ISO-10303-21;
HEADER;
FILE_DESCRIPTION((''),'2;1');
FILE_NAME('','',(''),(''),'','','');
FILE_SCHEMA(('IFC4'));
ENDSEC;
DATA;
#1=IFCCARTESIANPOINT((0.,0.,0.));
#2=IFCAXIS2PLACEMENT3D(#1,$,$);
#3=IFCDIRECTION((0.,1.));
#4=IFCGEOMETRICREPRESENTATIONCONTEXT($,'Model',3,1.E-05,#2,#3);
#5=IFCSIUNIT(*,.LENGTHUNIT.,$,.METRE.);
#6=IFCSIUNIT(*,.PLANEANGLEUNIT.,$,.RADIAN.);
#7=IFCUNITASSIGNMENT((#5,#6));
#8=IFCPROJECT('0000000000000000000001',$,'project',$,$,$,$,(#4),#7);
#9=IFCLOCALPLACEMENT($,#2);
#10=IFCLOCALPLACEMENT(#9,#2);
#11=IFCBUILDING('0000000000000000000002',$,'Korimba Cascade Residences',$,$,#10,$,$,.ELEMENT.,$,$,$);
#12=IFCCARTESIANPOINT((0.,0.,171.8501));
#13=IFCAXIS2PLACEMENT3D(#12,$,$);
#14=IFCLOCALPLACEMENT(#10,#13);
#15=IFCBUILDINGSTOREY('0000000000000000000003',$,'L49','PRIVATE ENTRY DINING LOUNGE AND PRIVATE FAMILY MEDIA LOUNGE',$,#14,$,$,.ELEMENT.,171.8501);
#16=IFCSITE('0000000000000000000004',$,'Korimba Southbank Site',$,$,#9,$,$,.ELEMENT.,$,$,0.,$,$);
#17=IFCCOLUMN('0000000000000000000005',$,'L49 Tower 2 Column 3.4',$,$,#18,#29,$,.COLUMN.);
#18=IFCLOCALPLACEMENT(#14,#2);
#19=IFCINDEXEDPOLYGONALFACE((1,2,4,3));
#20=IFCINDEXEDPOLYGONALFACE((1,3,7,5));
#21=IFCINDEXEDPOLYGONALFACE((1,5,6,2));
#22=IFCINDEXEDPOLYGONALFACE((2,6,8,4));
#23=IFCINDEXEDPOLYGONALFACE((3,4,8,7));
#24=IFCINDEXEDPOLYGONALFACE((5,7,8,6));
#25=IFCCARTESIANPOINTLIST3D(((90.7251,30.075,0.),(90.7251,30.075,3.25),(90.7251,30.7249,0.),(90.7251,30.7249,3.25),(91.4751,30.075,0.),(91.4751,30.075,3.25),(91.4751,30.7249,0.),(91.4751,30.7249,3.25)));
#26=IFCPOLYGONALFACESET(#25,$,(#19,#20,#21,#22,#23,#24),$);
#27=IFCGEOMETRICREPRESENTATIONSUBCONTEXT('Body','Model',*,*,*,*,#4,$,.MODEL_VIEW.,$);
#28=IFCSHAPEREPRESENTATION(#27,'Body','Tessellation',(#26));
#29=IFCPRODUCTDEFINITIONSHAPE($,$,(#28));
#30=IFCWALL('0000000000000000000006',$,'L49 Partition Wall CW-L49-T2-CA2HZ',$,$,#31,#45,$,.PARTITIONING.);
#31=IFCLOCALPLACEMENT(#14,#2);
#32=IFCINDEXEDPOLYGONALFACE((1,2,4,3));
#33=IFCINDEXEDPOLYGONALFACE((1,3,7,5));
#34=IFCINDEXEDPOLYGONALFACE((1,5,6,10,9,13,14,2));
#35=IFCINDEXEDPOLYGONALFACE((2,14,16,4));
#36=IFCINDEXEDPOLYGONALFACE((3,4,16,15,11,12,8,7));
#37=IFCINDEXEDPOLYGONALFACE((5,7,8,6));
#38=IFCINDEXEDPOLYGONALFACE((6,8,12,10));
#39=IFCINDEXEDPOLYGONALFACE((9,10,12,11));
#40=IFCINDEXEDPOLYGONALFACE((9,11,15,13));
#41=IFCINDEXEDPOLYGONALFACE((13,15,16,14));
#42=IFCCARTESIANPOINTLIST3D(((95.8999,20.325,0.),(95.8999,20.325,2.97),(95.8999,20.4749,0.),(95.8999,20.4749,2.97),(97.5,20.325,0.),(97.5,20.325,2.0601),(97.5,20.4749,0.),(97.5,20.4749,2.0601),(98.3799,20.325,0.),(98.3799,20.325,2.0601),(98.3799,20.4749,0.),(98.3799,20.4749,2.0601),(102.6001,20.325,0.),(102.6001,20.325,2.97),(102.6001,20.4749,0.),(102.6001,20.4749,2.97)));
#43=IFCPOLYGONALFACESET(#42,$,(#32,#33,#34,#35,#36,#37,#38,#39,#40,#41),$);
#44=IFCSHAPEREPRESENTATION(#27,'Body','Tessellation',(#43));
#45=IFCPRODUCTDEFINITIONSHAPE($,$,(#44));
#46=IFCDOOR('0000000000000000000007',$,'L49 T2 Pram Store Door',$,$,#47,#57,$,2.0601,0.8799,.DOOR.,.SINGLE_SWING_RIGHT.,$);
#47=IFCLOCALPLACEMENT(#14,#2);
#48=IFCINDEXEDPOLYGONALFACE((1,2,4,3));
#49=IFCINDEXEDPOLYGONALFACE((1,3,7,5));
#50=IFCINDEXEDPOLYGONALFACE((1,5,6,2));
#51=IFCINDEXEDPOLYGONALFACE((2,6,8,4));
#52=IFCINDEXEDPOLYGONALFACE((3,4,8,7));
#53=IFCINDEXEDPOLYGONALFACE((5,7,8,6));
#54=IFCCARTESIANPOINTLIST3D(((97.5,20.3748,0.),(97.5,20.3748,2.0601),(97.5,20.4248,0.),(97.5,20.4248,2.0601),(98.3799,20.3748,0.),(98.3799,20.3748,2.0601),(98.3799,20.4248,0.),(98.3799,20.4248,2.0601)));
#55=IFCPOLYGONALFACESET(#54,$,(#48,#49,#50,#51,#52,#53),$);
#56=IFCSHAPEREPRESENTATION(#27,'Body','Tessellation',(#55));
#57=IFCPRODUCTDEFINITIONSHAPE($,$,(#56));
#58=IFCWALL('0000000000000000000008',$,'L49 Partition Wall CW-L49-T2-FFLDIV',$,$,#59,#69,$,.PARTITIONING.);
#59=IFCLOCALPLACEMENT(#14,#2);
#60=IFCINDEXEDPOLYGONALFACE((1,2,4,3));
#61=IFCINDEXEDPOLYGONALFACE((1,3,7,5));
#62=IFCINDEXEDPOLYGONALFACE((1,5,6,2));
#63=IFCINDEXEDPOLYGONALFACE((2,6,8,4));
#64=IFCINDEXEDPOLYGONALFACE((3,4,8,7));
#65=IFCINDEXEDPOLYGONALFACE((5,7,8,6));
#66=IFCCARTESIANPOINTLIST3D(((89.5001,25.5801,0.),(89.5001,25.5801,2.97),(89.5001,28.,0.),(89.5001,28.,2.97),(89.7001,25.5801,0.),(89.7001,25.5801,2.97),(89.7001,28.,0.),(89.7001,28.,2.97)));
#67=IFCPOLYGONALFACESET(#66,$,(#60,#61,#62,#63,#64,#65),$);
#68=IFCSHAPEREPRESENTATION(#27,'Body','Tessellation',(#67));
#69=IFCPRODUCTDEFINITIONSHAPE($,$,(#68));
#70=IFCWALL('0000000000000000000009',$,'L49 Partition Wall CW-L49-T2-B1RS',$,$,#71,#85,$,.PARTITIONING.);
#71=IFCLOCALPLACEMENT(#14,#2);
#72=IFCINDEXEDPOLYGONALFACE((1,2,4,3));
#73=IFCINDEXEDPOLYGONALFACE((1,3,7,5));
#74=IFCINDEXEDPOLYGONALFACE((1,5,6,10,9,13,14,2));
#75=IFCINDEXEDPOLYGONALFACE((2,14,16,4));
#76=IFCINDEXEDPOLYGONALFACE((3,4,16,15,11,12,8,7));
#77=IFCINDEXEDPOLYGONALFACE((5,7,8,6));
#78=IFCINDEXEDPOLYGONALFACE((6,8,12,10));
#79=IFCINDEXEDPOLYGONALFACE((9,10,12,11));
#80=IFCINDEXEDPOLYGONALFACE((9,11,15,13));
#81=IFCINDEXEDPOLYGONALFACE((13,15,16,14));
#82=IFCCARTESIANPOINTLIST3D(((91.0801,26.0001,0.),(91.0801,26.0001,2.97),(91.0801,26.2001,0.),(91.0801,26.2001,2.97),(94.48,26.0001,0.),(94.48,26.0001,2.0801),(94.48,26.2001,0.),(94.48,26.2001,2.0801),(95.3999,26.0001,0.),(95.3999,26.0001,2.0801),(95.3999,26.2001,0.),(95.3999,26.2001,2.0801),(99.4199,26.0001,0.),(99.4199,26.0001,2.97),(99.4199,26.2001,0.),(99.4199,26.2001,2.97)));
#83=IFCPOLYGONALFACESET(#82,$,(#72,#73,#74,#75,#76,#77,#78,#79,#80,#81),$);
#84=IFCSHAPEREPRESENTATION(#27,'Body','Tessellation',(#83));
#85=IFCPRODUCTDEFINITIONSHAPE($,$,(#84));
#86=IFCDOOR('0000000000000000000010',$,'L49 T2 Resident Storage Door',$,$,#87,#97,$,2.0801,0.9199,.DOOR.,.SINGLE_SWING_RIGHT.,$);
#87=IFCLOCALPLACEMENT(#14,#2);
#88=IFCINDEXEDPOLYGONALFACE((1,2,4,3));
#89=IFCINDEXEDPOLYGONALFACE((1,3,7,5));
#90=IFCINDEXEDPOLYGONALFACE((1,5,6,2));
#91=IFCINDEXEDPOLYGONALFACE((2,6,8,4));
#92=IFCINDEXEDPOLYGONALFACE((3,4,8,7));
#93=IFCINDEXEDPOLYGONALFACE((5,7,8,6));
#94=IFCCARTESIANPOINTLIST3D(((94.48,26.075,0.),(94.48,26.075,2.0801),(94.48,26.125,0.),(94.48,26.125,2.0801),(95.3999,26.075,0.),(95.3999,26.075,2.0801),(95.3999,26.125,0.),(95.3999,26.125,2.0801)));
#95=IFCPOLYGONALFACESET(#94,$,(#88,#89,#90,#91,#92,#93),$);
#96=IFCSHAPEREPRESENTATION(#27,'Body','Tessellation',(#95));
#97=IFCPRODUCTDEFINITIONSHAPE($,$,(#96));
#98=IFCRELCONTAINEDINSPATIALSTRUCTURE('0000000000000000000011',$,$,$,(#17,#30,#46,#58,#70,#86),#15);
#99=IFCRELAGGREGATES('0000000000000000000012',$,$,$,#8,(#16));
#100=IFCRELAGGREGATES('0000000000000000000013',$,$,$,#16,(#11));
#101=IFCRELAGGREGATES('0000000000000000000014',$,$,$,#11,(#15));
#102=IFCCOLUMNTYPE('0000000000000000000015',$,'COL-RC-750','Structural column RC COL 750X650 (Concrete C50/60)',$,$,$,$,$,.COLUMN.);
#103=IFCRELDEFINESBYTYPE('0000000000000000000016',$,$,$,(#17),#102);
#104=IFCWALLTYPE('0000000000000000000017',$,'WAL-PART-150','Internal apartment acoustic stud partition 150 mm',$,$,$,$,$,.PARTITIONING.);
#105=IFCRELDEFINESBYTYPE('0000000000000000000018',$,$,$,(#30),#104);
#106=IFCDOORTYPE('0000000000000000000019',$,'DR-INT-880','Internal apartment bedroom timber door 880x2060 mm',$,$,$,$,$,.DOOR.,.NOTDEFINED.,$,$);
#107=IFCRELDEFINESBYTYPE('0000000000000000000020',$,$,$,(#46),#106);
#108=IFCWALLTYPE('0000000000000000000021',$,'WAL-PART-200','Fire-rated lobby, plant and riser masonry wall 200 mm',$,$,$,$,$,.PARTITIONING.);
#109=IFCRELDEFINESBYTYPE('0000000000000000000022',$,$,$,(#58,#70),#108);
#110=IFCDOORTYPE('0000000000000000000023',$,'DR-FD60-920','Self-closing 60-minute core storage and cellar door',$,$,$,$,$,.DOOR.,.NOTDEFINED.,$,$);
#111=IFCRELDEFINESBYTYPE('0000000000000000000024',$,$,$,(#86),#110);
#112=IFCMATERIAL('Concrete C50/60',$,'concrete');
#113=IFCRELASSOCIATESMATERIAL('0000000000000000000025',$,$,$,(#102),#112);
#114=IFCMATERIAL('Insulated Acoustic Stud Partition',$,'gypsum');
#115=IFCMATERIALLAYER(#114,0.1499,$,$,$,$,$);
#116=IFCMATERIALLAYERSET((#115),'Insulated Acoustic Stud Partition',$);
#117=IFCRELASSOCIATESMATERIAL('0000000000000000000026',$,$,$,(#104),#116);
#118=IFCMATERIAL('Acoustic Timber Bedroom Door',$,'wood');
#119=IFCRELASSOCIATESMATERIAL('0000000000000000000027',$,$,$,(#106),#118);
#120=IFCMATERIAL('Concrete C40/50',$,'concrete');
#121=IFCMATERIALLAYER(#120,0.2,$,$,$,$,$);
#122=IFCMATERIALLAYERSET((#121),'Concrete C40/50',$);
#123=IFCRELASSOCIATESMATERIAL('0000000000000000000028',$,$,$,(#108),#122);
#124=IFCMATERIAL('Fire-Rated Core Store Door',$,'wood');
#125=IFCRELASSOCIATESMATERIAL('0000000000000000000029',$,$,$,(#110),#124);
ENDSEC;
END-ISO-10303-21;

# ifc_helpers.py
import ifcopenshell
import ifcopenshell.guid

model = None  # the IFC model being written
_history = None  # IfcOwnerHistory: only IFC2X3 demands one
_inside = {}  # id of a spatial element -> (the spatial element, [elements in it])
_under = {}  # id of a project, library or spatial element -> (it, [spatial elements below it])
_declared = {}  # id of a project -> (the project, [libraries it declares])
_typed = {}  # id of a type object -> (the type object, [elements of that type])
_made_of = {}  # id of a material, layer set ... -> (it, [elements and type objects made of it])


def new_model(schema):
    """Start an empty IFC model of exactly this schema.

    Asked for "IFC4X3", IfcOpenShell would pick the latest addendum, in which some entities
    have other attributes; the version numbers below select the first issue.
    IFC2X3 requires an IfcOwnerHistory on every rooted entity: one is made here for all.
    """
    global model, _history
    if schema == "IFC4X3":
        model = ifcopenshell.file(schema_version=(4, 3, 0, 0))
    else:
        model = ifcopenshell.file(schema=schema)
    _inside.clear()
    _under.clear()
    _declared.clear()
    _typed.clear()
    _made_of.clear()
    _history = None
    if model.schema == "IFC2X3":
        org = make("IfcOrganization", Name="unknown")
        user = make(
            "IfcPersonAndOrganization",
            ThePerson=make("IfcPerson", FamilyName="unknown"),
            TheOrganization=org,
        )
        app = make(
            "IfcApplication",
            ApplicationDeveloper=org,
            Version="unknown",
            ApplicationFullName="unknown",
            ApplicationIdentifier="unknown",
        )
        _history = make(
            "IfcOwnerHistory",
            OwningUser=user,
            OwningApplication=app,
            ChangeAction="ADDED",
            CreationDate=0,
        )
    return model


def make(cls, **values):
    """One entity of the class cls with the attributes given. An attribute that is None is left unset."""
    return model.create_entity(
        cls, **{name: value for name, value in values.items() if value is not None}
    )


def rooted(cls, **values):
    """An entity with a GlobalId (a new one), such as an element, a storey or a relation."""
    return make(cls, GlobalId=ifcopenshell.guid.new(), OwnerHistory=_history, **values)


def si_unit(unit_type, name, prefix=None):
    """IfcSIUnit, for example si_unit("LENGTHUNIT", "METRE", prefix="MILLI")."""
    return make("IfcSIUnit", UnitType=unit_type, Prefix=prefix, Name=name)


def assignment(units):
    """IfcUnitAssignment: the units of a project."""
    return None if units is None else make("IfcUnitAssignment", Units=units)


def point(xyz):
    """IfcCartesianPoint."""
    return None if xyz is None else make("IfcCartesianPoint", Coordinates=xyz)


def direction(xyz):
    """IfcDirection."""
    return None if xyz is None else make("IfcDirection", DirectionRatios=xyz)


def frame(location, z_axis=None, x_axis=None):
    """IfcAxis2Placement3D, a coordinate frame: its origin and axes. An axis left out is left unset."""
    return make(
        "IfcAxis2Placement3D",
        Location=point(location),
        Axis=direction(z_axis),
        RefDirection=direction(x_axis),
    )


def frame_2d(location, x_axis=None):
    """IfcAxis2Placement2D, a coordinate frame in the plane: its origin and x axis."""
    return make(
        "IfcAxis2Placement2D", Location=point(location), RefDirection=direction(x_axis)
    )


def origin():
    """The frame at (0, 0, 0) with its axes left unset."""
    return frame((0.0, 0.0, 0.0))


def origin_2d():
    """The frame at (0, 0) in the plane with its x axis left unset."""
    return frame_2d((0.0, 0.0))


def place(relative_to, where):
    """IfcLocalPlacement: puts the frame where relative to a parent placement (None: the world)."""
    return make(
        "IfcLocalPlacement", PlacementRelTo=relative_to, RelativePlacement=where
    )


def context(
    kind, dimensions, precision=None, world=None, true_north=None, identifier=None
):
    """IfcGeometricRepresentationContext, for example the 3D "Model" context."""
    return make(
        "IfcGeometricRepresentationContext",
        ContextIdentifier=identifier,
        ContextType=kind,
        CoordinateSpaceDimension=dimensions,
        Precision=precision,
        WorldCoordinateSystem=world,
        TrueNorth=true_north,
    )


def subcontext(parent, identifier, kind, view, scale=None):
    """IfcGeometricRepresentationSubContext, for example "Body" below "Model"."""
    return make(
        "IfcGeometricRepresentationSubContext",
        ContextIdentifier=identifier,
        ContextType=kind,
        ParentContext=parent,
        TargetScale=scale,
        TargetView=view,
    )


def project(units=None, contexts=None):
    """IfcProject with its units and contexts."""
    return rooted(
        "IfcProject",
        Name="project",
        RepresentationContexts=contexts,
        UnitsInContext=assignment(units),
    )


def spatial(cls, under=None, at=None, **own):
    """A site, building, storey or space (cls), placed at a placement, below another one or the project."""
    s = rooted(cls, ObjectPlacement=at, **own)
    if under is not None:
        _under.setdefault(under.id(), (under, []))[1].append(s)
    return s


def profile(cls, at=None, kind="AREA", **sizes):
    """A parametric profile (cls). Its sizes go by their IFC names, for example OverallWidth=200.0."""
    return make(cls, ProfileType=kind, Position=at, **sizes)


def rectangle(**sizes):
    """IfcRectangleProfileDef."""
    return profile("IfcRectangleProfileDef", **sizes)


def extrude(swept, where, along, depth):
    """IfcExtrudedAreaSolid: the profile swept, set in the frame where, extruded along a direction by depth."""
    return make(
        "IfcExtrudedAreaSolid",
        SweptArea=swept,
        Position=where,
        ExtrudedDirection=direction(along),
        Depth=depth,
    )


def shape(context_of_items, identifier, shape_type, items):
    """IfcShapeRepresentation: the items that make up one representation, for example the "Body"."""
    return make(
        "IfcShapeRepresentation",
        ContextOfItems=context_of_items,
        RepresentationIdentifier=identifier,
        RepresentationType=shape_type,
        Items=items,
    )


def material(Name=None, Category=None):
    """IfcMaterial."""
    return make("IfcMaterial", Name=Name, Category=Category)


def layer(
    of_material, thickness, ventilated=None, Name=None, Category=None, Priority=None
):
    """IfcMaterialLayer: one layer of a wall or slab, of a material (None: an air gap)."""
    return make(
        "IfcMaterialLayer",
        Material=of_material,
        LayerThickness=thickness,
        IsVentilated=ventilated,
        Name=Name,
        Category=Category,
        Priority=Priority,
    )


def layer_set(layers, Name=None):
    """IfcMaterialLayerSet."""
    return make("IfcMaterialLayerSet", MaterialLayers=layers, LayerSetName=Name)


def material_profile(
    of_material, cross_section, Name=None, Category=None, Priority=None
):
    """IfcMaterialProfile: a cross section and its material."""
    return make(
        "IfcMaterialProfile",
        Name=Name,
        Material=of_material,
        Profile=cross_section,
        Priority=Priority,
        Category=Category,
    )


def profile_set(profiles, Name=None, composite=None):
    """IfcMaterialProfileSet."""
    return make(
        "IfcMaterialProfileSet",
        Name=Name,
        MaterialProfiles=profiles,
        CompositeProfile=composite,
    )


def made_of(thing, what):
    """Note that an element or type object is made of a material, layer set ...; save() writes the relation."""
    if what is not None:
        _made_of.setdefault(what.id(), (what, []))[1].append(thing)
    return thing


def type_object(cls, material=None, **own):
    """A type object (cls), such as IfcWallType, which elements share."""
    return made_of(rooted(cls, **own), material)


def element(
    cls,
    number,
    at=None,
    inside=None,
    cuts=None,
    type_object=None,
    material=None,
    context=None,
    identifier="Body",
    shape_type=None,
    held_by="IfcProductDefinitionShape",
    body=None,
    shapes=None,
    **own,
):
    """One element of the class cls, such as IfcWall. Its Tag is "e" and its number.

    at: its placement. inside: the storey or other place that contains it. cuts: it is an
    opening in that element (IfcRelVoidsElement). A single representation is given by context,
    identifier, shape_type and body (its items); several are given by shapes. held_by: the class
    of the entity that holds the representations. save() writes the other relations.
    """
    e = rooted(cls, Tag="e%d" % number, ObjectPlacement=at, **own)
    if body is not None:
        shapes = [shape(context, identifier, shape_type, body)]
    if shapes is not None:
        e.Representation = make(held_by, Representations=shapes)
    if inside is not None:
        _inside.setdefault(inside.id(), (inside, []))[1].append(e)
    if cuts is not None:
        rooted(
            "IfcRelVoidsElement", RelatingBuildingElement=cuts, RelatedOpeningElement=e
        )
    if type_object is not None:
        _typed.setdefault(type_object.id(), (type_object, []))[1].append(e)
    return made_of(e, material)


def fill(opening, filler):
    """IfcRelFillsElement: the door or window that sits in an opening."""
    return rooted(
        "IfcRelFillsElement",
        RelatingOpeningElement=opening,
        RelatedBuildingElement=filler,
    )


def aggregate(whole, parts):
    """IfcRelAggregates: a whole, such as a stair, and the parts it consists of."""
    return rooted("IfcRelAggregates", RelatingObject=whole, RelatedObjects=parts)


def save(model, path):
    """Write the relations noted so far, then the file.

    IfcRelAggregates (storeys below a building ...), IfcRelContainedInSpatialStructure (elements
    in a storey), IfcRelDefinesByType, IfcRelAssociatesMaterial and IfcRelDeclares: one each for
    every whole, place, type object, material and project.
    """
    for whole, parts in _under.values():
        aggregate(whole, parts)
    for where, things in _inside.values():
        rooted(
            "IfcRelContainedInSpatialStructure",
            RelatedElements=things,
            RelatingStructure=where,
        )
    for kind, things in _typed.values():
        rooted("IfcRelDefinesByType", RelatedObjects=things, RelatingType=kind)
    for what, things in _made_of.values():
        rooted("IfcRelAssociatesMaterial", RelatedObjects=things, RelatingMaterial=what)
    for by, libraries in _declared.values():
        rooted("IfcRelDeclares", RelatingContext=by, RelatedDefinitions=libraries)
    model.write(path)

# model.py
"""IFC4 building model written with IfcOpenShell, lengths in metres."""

from ifc_helpers import new_model, si_unit, direction, frame, frame_2d, origin, origin_2d, place, context, subcontext, project, spatial, rectangle, extrude, material, layer, layer_set, material_profile, profile_set, type_object, element, fill, save


model = new_model("IFC4")

# Units and contexts
model_context = context("Model", 3, precision=1e-05, world=origin(), true_north=direction((0.0, 1.0)))
body_context = subcontext(model_context, "Body", "Model", "MODEL_VIEW")
ifc_project = project(units=[si_unit("LENGTHUNIT", "METRE"), si_unit("PLANEANGLEUNIT", "RADIAN")], contexts=[model_context])

# Site, building, storey
site_placement = place(None, origin())
site = spatial("IfcSite", under=ifc_project, at=site_placement, Name="Korimba Southbank Site", CompositionType="ELEMENT", RefElevation=0.0)
building_placement = place(site_placement, origin())
building = spatial("IfcBuilding", under=site, at=building_placement, Name="Korimba Cascade Residences", CompositionType="ELEMENT")
storey_placement = place(building_placement, frame((0.0, 0.0, 171.8501)))
storey = spatial("IfcBuildingStorey", under=building, at=storey_placement, Name="L49", Description="PRIVATE ENTRY DINING LOUNGE AND PRIVATE FAMILY MEDIA LOUNGE", CompositionType="ELEMENT", Elevation=171.8501)

# Column
ifc_material_1 = material(Name="Concrete C50/60", Category="concrete")
ifc_material_profile = material_profile(ifc_material_1, rectangle(XDim=0.75, YDim=0.6499, at=origin_2d()), Name="Concrete C50/60")
ifc_profile_set = profile_set([ifc_material_profile], Name="Concrete C50/60")
column_type = type_object("IfcColumnType", Name="COL-RC-750", Description="Structural column RC COL 750X650 (Concrete C50/60)", PredefinedType="COLUMN", material=ifc_profile_set)
column_placement = place(storey_placement, frame((91.1001, 30.3999, 0.0), z_axis=(0.0, 0.0, 1.0), x_axis=(1.0, 0.0, 0.0)))
element("IfcColumn", 1, at=column_placement, inside=storey, type_object=column_type, Name="L49 Tower 2 Column 3.4", PredefinedType="COLUMN", context=body_context, shape_type="SweptSolid", body=[
    extrude(rectangle(XDim=0.75, YDim=0.6499, at=origin_2d()), origin(), (0.0, 0.0, 1.0), 3.25),
])

# Wall, opening, door
ifc_material_2 = material(Name="Insulated Acoustic Stud Partition", Category="gypsum")
ifc_layer_1 = layer(ifc_material_2, 0.1499)
ifc_layer_set_1 = layer_set([ifc_layer_1], Name="Insulated Acoustic Stud Partition")
wall_type_1 = type_object("IfcWallType", Name="WAL-PART-150", Description="Internal apartment acoustic stud partition 150 mm", PredefinedType="PARTITIONING", material=ifc_layer_set_1)
wall_1_placement = place(storey_placement, frame((95.8999, 20.3999, 0.0), z_axis=(0.0, 0.0, 1.0), x_axis=(1.0, 0.0, 0.0)))
wall_1 = element("IfcWall", 2, at=wall_1_placement, inside=storey, type_object=wall_type_1, Name="L49 Partition Wall CW-L49-T2-CA2HZ", PredefinedType="PARTITIONING", context=body_context, shape_type="SweptSolid", body=[
    extrude(rectangle(XDim=6.7002, YDim=0.1499, at=frame_2d((3.3501, 0.0))), origin(), (0.0, 0.0, 1.0), 2.97),
])
opening_1_placement = place(wall_1_placement, frame((1.6001, 0.0, 0.0)))
opening_1 = element("IfcOpeningElement", 3, at=opening_1_placement, cuts=wall_1, PredefinedType="OPENING", context=body_context, shape_type="SweptSolid", body=[
    extrude(rectangle(XDim=0.8799, YDim=2.0601, at=frame_2d((0.4399, 1.03))), frame((0.0, 0.085, 0.0), z_axis=(0.0, -1.0, 0.0), x_axis=(1.0, 0.0, 0.0)), (0.0, 0.0, 1.0), 0.1699),
])
ifc_material_3 = material(Name="Acoustic Timber Bedroom Door", Category="wood")
door_type_1 = type_object("IfcDoorType", Name="DR-INT-880", Description="Internal apartment bedroom timber door 880x2060 mm", OperationType="NOTDEFINED", PredefinedType="DOOR", material=ifc_material_3)
door_1_placement = place(opening_1_placement, origin())
door_1 = element("IfcDoor", 4, at=door_1_placement, inside=storey, type_object=door_type_1, Name="L49 T2 Pram Store Door", OperationType="SINGLE_SWING_RIGHT", OverallHeight=2.0601, OverallWidth=0.8799, PredefinedType="DOOR", context=body_context, shape_type="SweptSolid", body=[
    extrude(rectangle(XDim=0.8799, YDim=2.0601, at=frame_2d((0.4399, 1.03))), frame((0.0, 0.0249, 0.0), z_axis=(0.0, -1.0, 0.0), x_axis=(1.0, 0.0, 0.0)), (0.0, 0.0, 1.0), 0.05),
])
fill(opening_1, door_1)

# Wall
ifc_material_4 = material(Name="Concrete C40/50", Category="concrete")
ifc_layer_2 = layer(ifc_material_4, 0.2)
ifc_layer_set_2 = layer_set([ifc_layer_2], Name="Concrete C40/50")
wall_type_2 = type_object("IfcWallType", Name="WAL-PART-200", Description="Fire-rated lobby, plant and riser masonry wall 200 mm", PredefinedType="PARTITIONING", material=ifc_layer_set_2)
wall_2_placement = place(storey_placement, frame((89.6001, 25.5801, 0.0), z_axis=(0.0, 0.0, 1.0), x_axis=(0.0, 1.0, 0.0)))
element("IfcWall", 5, at=wall_2_placement, inside=storey, type_object=wall_type_2, Name="L49 Partition Wall CW-L49-T2-FFLDIV", PredefinedType="PARTITIONING", context=body_context, shape_type="SweptSolid", body=[
    extrude(rectangle(XDim=2.4199, YDim=0.2, at=frame_2d((1.21, 0.0))), origin(), (0.0, 0.0, 1.0), 2.97),
])

# Wall, opening, door
wall_3_placement = place(storey_placement, frame((91.0801, 26.1001, 0.0), z_axis=(0.0, 0.0, 1.0), x_axis=(1.0, 0.0, 0.0)))
wall_3 = element("IfcWall", 6, at=wall_3_placement, inside=storey, type_object=wall_type_2, Name="L49 Partition Wall CW-L49-T2-B1RS", PredefinedType="PARTITIONING", context=body_context, shape_type="SweptSolid", body=[
    extrude(rectangle(XDim=8.3398, YDim=0.2, at=frame_2d((4.1699, 0.0))), origin(), (0.0, 0.0, 1.0), 2.97),
])
opening_2_placement = place(wall_3_placement, frame((3.3999, 0.0, 0.0)))
opening_2 = element("IfcOpeningElement", 7, at=opening_2_placement, cuts=wall_3, PredefinedType="OPENING", context=body_context, shape_type="SweptSolid", body=[
    extrude(rectangle(XDim=0.9199, YDim=2.0801, at=frame_2d((0.46, 1.04))), frame((0.0, 0.1099, 0.0), z_axis=(0.0, -1.0, 0.0), x_axis=(1.0, 0.0, 0.0)), (0.0, 0.0, 1.0), 0.22),
])
ifc_material_5 = material(Name="Fire-Rated Core Store Door", Category="wood")
door_type_2 = type_object("IfcDoorType", Name="DR-FD60-920", Description="Self-closing 60-minute core storage and cellar door", OperationType="NOTDEFINED", PredefinedType="DOOR", material=ifc_material_5)
door_2_placement = place(opening_2_placement, origin())
door_2 = element("IfcDoor", 8, at=door_2_placement, inside=storey, type_object=door_type_2, Name="L49 T2 Resident Storage Door", OperationType="SINGLE_SWING_RIGHT", OverallHeight=2.0801, OverallWidth=0.9199, PredefinedType="DOOR", context=body_context, shape_type="SweptSolid", body=[
    extrude(rectangle(XDim=0.9199, YDim=2.0801, at=frame_2d((0.46, 1.04))), frame((0.0, 0.0249, 0.0), z_axis=(0.0, -1.0, 0.0), x_axis=(1.0, 0.0, 0.0)), (0.0, 0.0, 1.0), 0.05),
])
fill(opening_2, door_2)

save(model, "model.ifc")
